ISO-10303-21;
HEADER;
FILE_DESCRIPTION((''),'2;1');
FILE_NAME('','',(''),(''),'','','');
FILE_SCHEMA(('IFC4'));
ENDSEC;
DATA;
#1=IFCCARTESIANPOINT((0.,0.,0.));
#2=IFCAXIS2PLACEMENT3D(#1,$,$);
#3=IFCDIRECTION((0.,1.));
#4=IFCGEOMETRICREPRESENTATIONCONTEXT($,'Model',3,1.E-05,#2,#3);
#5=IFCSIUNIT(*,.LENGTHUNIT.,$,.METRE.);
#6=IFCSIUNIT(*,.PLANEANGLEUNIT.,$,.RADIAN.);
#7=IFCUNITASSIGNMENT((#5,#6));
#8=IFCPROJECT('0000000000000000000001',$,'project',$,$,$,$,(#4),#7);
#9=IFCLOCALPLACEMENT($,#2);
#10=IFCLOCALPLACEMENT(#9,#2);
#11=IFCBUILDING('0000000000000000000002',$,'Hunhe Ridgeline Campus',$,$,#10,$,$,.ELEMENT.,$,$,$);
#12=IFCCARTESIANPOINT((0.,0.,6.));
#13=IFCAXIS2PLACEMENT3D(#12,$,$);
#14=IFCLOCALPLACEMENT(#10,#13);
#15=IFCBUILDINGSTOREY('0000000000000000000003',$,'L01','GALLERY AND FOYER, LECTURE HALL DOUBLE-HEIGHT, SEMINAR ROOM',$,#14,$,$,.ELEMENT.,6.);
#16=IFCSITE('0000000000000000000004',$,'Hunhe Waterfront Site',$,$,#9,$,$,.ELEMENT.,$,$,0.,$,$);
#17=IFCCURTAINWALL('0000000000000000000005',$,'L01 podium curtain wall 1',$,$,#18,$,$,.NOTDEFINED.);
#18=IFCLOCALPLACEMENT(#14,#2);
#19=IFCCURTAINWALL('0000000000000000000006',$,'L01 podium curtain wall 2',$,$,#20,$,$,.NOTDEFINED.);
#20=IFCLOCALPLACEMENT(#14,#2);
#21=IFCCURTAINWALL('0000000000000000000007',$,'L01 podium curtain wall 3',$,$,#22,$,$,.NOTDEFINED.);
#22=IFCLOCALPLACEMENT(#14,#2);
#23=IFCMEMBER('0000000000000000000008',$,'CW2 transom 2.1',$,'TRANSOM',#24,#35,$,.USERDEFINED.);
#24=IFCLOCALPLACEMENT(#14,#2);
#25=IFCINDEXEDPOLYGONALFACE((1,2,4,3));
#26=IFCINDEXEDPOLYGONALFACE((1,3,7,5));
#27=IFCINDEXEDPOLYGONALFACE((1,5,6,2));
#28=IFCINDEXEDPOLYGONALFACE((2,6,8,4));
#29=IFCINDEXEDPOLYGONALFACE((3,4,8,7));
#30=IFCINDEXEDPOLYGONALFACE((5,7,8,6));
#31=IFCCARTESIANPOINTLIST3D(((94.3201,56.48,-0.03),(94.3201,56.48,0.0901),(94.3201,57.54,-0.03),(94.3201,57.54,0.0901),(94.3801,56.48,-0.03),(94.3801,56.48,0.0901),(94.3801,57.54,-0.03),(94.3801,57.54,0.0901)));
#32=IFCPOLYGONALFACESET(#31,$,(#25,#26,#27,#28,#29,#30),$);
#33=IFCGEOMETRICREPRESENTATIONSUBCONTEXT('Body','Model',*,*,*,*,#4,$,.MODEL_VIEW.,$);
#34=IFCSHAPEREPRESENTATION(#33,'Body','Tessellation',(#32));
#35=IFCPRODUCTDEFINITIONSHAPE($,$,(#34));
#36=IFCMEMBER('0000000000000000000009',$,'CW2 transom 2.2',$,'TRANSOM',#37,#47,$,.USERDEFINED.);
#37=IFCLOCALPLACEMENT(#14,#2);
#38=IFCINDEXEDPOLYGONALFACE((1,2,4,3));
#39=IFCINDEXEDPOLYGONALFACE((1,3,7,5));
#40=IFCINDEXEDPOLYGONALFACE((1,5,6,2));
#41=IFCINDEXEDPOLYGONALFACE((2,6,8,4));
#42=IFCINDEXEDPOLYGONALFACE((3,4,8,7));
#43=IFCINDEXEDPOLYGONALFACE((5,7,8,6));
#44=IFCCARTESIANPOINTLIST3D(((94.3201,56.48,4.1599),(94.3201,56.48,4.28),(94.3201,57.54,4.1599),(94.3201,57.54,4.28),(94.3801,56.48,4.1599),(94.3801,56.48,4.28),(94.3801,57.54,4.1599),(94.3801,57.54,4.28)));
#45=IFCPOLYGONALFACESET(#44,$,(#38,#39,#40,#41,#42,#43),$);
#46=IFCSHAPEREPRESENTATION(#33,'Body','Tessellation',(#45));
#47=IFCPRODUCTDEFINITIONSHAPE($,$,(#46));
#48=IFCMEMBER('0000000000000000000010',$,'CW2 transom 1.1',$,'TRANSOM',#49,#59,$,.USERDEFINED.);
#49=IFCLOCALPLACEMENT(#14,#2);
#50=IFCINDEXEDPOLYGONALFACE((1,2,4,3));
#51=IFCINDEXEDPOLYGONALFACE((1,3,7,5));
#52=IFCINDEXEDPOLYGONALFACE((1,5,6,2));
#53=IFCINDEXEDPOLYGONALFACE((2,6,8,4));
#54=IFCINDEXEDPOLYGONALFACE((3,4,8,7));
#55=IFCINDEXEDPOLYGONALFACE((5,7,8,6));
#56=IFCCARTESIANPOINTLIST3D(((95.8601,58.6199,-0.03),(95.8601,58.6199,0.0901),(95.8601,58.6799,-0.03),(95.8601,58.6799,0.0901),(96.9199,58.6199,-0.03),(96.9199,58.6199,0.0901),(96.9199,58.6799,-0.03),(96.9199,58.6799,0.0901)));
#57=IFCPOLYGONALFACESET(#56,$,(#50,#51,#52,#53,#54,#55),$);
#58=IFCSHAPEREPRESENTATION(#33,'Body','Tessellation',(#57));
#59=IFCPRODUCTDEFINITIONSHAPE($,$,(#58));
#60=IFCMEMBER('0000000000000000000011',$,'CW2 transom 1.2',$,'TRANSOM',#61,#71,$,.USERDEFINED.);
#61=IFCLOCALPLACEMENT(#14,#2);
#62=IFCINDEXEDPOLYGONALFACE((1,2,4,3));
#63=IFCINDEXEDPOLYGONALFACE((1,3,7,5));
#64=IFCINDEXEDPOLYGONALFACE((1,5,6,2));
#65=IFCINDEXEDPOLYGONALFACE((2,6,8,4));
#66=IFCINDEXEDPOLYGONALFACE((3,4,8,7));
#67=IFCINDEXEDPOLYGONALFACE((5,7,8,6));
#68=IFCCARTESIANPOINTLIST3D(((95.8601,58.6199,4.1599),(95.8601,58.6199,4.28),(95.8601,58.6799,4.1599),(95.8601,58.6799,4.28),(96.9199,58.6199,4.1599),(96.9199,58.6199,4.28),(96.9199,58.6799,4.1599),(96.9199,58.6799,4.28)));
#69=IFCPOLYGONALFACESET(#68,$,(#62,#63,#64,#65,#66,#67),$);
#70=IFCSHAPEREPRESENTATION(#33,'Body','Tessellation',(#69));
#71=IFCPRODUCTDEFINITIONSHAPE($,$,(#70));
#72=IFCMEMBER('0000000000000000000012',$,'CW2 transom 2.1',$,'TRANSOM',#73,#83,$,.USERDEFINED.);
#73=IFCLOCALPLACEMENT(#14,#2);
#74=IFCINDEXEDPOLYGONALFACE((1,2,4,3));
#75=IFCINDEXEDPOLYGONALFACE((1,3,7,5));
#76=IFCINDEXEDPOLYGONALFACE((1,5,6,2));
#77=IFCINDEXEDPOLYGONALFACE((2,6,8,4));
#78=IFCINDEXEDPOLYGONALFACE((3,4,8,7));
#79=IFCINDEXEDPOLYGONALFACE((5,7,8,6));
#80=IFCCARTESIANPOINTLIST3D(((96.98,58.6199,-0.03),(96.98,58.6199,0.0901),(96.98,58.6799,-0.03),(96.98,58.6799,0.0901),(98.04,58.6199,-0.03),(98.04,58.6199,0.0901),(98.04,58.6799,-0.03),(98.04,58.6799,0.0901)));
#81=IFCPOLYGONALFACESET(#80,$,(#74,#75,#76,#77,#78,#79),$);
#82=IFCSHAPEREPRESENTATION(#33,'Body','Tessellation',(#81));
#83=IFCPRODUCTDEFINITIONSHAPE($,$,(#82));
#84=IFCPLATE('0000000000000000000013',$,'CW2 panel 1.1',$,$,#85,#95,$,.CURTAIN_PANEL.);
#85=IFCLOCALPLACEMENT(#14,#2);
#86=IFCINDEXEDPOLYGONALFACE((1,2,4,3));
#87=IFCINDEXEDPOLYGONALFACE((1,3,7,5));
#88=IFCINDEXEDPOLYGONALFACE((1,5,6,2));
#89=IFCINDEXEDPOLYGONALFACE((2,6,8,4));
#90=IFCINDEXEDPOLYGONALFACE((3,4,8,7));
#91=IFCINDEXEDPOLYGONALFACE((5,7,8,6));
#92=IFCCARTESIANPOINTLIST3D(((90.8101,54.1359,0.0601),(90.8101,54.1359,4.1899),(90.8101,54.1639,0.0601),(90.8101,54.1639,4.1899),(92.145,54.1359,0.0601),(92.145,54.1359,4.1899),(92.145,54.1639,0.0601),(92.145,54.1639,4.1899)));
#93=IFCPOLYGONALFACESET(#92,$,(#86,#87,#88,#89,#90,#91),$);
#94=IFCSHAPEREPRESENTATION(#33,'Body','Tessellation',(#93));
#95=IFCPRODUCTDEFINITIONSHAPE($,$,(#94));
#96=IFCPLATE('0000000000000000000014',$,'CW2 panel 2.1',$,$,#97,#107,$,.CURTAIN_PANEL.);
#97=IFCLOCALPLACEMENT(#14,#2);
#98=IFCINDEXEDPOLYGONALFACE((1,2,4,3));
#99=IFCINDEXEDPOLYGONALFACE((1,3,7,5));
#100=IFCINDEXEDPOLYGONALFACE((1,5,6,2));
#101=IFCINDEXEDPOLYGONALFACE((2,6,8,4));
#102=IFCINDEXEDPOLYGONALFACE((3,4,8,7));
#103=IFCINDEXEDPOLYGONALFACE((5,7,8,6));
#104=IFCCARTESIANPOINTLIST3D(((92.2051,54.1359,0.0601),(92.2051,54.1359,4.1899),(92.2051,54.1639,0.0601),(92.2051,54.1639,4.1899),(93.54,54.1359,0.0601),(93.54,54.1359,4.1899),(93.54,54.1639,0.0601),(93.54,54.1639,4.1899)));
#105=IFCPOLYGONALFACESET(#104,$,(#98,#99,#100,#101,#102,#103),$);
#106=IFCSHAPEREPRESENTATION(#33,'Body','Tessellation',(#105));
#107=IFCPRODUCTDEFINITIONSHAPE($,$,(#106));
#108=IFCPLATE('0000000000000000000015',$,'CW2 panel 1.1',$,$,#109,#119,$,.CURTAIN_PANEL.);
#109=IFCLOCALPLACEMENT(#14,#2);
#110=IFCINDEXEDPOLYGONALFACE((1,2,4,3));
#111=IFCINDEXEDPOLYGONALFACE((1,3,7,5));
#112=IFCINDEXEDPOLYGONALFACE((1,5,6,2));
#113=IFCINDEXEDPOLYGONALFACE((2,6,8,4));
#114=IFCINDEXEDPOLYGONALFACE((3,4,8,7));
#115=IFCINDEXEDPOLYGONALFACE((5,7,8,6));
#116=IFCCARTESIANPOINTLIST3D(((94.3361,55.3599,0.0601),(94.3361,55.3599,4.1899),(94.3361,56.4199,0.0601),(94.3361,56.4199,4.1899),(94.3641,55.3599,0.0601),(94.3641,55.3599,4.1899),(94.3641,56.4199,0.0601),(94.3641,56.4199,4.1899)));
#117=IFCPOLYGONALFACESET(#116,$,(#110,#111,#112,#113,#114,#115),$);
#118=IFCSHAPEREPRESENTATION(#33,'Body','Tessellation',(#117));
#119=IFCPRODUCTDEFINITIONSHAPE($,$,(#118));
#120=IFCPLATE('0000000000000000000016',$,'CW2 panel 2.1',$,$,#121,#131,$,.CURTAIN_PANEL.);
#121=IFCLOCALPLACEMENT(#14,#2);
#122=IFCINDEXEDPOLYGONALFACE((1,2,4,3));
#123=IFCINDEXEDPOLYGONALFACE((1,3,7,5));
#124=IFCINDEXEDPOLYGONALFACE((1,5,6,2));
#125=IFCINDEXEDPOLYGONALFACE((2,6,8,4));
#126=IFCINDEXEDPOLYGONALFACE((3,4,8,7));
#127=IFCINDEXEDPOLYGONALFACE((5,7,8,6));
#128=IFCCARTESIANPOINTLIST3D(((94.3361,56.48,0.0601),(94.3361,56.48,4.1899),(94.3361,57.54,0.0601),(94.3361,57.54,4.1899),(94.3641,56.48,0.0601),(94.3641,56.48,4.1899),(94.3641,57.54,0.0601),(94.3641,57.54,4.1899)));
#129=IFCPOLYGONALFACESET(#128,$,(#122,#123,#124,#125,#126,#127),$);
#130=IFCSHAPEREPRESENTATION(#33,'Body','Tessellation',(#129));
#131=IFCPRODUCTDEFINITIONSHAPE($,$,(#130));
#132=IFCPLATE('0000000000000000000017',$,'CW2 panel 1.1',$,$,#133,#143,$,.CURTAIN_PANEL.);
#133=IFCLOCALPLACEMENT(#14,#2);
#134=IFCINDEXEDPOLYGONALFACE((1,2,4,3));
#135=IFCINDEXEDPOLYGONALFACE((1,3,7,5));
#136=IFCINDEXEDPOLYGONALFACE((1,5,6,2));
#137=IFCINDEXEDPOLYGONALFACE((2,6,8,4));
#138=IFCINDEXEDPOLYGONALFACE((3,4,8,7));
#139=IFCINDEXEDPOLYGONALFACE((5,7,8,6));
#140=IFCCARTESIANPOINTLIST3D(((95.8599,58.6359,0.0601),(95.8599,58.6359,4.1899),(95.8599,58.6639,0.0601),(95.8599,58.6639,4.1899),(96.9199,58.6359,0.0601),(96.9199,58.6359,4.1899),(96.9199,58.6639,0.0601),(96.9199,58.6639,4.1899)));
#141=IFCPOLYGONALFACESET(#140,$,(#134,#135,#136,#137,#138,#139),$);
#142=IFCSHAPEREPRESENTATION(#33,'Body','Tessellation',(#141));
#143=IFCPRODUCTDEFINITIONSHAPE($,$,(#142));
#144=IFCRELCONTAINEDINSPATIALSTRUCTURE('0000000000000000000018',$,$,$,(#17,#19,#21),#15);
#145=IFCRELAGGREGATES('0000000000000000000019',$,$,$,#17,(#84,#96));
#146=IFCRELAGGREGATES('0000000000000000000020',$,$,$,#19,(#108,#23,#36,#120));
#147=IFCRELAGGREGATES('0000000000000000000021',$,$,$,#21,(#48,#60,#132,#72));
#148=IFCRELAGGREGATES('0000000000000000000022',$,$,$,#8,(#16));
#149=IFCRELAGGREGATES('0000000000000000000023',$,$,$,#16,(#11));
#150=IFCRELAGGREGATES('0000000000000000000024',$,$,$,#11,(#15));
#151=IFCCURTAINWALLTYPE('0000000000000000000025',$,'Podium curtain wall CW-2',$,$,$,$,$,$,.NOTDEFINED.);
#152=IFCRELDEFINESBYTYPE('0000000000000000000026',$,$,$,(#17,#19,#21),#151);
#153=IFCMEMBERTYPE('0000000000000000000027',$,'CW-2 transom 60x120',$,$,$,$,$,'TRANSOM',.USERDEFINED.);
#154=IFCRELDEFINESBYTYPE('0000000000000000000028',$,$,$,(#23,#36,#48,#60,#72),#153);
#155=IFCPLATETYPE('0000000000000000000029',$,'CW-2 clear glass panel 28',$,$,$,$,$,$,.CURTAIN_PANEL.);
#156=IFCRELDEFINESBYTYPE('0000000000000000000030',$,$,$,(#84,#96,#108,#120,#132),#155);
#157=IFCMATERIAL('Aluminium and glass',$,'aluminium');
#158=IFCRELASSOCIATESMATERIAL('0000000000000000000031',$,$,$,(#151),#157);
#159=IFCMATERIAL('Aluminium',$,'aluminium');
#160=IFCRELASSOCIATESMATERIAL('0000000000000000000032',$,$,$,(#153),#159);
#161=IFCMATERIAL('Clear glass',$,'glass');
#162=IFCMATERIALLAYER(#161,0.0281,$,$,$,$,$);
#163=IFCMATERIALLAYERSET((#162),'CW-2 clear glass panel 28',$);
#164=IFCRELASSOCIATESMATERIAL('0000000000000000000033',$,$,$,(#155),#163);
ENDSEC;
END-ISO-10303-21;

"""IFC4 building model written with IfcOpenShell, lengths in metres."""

from ifc_helpers import new_model, si_unit, direction, frame, origin, origin_2d, place, context, subcontext, project, spatial, rectangle, extrude, material, layer, layer_set, material_profile, profile_set, type_object, element, aggregate, save


model = new_model("IFC4")

# Units and contexts
model_context = context("Model", 3, precision=1e-05, world=origin(), true_north=direction((0.0, 1.0)))
body_context = subcontext(model_context, "Body", "Model", "MODEL_VIEW")
ifc_project = project(units=[si_unit("LENGTHUNIT", "METRE"), si_unit("PLANEANGLEUNIT", "RADIAN")], contexts=[model_context])

# Site, building, storey
site_placement = place(None, origin())
site = spatial("IfcSite", under=ifc_project, at=site_placement, Name="Hunhe Waterfront Site", CompositionType="ELEMENT", RefElevation=0.0)
building_placement = place(site_placement, origin())
building = spatial("IfcBuilding", under=site, at=building_placement, Name="Hunhe Ridgeline Campus", CompositionType="ELEMENT")
storey_placement = place(building_placement, frame((0.0, 0.0, 6.0)))
storey = spatial("IfcBuildingStorey", under=building, at=storey_placement, Name="L01", Description="GALLERY AND FOYER, LECTURE HALL DOUBLE-HEIGHT, SEMINAR ROOM", CompositionType="ELEMENT", Elevation=6.0)

# Curtain walls
ifc_material_1 = material(Name="Aluminium and glass", Category="aluminium")
curtain_wall_type = type_object("IfcCurtainWallType", Name="Podium curtain wall CW-2", PredefinedType="NOTDEFINED", material=ifc_material_1)
curtain_wall_1_placement = place(storey_placement, origin())
curtain_wall_1 = element("IfcCurtainWall", 1, at=curtain_wall_1_placement, inside=storey, type_object=curtain_wall_type, Name="L01 podium curtain wall 1", PredefinedType="NOTDEFINED")
ifc_material_2 = material(Name="Aluminium", Category="aluminium")
curtain_wall_2_placement = place(storey_placement, origin())
curtain_wall_2 = element("IfcCurtainWall", 2, at=curtain_wall_2_placement, inside=storey, type_object=curtain_wall_type, Name="L01 podium curtain wall 2", PredefinedType="NOTDEFINED")
curtain_wall_3_placement = place(storey_placement, origin())
curtain_wall_3 = element("IfcCurtainWall", 3, at=curtain_wall_3_placement, inside=storey, type_object=curtain_wall_type, Name="L01 podium curtain wall 3", PredefinedType="NOTDEFINED")

# Members
ifc_material_profile_1 = material_profile(ifc_material_2, rectangle(XDim=0.0601, YDim=0.1201, at=origin_2d()))
ifc_profile_set_1 = profile_set([ifc_material_profile_1], Name="Aluminium")
member_type_1 = type_object("IfcMemberType", Name="CW-2 transom 60x120", ElementType="TRANSOM", PredefinedType="USERDEFINED", material=ifc_profile_set_1)
member_1_placement = place(storey_placement, frame((94.3501, 56.48, 0.03), z_axis=(0.0, 1.0, 0.0), x_axis=(-1.0, 0.0, 0.0)))
member_1 = element("IfcMember", 4, at=member_1_placement, type_object=member_type_1, Name="CW2 transom 2.1", ObjectType="TRANSOM", PredefinedType="USERDEFINED", context=body_context, shape_type="SweptSolid", body=[
    extrude(rectangle(XDim=0.0601, YDim=0.1201, at=origin_2d()), origin(), (0.0, 0.0, 1.0), 1.0601),
])
member_2_placement = place(storey_placement, frame((94.3501, 56.48, 4.22), z_axis=(0.0, 1.0, 0.0), x_axis=(-1.0, 0.0, 0.0)))
member_2 = element("IfcMember", 5, at=member_2_placement, type_object=member_type_1, Name="CW2 transom 2.2", ObjectType="TRANSOM", PredefinedType="USERDEFINED", context=body_context, shape_type="SweptSolid", body=[
    extrude(rectangle(XDim=0.0601, YDim=0.1201, at=origin_2d()), origin(), (0.0, 0.0, 1.0), 1.0601),
])
member_3_placement = place(storey_placement, frame((95.8601, 58.6499, 0.03), z_axis=(1.0, 0.0, 0.0), x_axis=(0.0, 1.0, 0.0)))
member_3 = element("IfcMember", 6, at=member_3_placement, type_object=member_type_1, Name="CW2 transom 1.1", ObjectType="TRANSOM", PredefinedType="USERDEFINED", context=body_context, shape_type="SweptSolid", body=[
    extrude(rectangle(XDim=0.0601, YDim=0.1201, at=origin_2d()), origin(), (0.0, 0.0, 1.0), 1.0598),
])
member_4_placement = place(storey_placement, frame((95.8601, 58.6499, 4.22), z_axis=(1.0, 0.0, 0.0), x_axis=(0.0, 1.0, 0.0)))
member_4 = element("IfcMember", 7, at=member_4_placement, type_object=member_type_1, Name="CW2 transom 1.2", ObjectType="TRANSOM", PredefinedType="USERDEFINED", context=body_context, shape_type="SweptSolid", body=[
    extrude(rectangle(XDim=0.0601, YDim=0.1201, at=origin_2d()), origin(), (0.0, 0.0, 1.0), 1.0598),
])
member_5_placement = place(storey_placement, frame((96.98, 58.6499, 0.03), z_axis=(1.0, 0.0, 0.0), x_axis=(0.0, 1.0, 0.0)))
member_5 = element("IfcMember", 8, at=member_5_placement, type_object=member_type_1, Name="CW2 transom 2.1", ObjectType="TRANSOM", PredefinedType="USERDEFINED", context=body_context, shape_type="SweptSolid", body=[
    extrude(rectangle(XDim=0.0601, YDim=0.1201, at=origin_2d()), origin(), (0.0, 0.0, 1.0), 1.0601),
])

# Plates
ifc_material_3 = material(Name="Clear glass", Category="glass")
ifc_layer_1 = layer(ifc_material_3, 0.0281)
ifc_layer_set_1 = layer_set([ifc_layer_1], Name="CW-2 clear glass panel 28")
plate_type = type_object("IfcPlateType", Name="CW-2 clear glass panel 28", PredefinedType="CURTAIN_PANEL", material=ifc_layer_set_1)
plate_1_placement = place(storey_placement, frame((91.4775, 54.1499, 0.0601), z_axis=(0.0, 0.0, 1.0), x_axis=(1.0, 0.0, 0.0)))
plate_1 = element("IfcPlate", 9, at=plate_1_placement, type_object=plate_type, Name="CW2 panel 1.1", PredefinedType="CURTAIN_PANEL", context=body_context, shape_type="SweptSolid", body=[
    extrude(rectangle(XDim=1.335, YDim=0.0281, at=origin_2d()), origin(), (0.0, 0.0, 1.0), 4.1299),
])
plate_2_placement = place(storey_placement, frame((92.8726, 54.1499, 0.0601), z_axis=(0.0, 0.0, 1.0), x_axis=(1.0, 0.0, 0.0)))
plate_2 = element("IfcPlate", 10, at=plate_2_placement, type_object=plate_type, Name="CW2 panel 2.1", PredefinedType="CURTAIN_PANEL", context=body_context, shape_type="SweptSolid", body=[
    extrude(rectangle(XDim=1.335, YDim=0.0281, at=origin_2d()), origin(), (0.0, 0.0, 1.0), 4.1299),
])
aggregate(curtain_wall_1, [plate_1, plate_2])
plate_3_placement = place(storey_placement, frame((94.3501, 55.8899, 0.0601), z_axis=(0.0, 0.0, 1.0), x_axis=(0.0, 1.0, 0.0)))
plate_3 = element("IfcPlate", 11, at=plate_3_placement, type_object=plate_type, Name="CW2 panel 1.1", PredefinedType="CURTAIN_PANEL", context=body_context, shape_type="SweptSolid", body=[
    extrude(rectangle(XDim=1.0601, YDim=0.0281, at=origin_2d()), origin(), (0.0, 0.0, 1.0), 4.1299),
])
plate_4_placement = place(storey_placement, frame((94.3501, 57.01, 0.0601), z_axis=(0.0, 0.0, 1.0), x_axis=(0.0, 1.0, 0.0)))
plate_4 = element("IfcPlate", 12, at=plate_4_placement, type_object=plate_type, Name="CW2 panel 2.1", PredefinedType="CURTAIN_PANEL", context=body_context, shape_type="SweptSolid", body=[
    extrude(rectangle(XDim=1.0601, YDim=0.0281, at=origin_2d()), origin(), (0.0, 0.0, 1.0), 4.1299),
])
aggregate(curtain_wall_2, [plate_3, member_1, member_2, plate_4])
plate_5_placement = place(storey_placement, frame((96.3899, 58.6499, 0.0601), z_axis=(0.0, 0.0, 1.0), x_axis=(1.0, 0.0, 0.0)))
plate_5 = element("IfcPlate", 13, at=plate_5_placement, type_object=plate_type, Name="CW2 panel 1.1", PredefinedType="CURTAIN_PANEL", context=body_context, shape_type="SweptSolid", body=[
    extrude(rectangle(XDim=1.0601, YDim=0.0281, at=origin_2d()), origin(), (0.0, 0.0, 1.0), 4.1299),
])
aggregate(curtain_wall_3, [member_3, member_4, plate_5, member_5])

save(model, "model.ifc")
